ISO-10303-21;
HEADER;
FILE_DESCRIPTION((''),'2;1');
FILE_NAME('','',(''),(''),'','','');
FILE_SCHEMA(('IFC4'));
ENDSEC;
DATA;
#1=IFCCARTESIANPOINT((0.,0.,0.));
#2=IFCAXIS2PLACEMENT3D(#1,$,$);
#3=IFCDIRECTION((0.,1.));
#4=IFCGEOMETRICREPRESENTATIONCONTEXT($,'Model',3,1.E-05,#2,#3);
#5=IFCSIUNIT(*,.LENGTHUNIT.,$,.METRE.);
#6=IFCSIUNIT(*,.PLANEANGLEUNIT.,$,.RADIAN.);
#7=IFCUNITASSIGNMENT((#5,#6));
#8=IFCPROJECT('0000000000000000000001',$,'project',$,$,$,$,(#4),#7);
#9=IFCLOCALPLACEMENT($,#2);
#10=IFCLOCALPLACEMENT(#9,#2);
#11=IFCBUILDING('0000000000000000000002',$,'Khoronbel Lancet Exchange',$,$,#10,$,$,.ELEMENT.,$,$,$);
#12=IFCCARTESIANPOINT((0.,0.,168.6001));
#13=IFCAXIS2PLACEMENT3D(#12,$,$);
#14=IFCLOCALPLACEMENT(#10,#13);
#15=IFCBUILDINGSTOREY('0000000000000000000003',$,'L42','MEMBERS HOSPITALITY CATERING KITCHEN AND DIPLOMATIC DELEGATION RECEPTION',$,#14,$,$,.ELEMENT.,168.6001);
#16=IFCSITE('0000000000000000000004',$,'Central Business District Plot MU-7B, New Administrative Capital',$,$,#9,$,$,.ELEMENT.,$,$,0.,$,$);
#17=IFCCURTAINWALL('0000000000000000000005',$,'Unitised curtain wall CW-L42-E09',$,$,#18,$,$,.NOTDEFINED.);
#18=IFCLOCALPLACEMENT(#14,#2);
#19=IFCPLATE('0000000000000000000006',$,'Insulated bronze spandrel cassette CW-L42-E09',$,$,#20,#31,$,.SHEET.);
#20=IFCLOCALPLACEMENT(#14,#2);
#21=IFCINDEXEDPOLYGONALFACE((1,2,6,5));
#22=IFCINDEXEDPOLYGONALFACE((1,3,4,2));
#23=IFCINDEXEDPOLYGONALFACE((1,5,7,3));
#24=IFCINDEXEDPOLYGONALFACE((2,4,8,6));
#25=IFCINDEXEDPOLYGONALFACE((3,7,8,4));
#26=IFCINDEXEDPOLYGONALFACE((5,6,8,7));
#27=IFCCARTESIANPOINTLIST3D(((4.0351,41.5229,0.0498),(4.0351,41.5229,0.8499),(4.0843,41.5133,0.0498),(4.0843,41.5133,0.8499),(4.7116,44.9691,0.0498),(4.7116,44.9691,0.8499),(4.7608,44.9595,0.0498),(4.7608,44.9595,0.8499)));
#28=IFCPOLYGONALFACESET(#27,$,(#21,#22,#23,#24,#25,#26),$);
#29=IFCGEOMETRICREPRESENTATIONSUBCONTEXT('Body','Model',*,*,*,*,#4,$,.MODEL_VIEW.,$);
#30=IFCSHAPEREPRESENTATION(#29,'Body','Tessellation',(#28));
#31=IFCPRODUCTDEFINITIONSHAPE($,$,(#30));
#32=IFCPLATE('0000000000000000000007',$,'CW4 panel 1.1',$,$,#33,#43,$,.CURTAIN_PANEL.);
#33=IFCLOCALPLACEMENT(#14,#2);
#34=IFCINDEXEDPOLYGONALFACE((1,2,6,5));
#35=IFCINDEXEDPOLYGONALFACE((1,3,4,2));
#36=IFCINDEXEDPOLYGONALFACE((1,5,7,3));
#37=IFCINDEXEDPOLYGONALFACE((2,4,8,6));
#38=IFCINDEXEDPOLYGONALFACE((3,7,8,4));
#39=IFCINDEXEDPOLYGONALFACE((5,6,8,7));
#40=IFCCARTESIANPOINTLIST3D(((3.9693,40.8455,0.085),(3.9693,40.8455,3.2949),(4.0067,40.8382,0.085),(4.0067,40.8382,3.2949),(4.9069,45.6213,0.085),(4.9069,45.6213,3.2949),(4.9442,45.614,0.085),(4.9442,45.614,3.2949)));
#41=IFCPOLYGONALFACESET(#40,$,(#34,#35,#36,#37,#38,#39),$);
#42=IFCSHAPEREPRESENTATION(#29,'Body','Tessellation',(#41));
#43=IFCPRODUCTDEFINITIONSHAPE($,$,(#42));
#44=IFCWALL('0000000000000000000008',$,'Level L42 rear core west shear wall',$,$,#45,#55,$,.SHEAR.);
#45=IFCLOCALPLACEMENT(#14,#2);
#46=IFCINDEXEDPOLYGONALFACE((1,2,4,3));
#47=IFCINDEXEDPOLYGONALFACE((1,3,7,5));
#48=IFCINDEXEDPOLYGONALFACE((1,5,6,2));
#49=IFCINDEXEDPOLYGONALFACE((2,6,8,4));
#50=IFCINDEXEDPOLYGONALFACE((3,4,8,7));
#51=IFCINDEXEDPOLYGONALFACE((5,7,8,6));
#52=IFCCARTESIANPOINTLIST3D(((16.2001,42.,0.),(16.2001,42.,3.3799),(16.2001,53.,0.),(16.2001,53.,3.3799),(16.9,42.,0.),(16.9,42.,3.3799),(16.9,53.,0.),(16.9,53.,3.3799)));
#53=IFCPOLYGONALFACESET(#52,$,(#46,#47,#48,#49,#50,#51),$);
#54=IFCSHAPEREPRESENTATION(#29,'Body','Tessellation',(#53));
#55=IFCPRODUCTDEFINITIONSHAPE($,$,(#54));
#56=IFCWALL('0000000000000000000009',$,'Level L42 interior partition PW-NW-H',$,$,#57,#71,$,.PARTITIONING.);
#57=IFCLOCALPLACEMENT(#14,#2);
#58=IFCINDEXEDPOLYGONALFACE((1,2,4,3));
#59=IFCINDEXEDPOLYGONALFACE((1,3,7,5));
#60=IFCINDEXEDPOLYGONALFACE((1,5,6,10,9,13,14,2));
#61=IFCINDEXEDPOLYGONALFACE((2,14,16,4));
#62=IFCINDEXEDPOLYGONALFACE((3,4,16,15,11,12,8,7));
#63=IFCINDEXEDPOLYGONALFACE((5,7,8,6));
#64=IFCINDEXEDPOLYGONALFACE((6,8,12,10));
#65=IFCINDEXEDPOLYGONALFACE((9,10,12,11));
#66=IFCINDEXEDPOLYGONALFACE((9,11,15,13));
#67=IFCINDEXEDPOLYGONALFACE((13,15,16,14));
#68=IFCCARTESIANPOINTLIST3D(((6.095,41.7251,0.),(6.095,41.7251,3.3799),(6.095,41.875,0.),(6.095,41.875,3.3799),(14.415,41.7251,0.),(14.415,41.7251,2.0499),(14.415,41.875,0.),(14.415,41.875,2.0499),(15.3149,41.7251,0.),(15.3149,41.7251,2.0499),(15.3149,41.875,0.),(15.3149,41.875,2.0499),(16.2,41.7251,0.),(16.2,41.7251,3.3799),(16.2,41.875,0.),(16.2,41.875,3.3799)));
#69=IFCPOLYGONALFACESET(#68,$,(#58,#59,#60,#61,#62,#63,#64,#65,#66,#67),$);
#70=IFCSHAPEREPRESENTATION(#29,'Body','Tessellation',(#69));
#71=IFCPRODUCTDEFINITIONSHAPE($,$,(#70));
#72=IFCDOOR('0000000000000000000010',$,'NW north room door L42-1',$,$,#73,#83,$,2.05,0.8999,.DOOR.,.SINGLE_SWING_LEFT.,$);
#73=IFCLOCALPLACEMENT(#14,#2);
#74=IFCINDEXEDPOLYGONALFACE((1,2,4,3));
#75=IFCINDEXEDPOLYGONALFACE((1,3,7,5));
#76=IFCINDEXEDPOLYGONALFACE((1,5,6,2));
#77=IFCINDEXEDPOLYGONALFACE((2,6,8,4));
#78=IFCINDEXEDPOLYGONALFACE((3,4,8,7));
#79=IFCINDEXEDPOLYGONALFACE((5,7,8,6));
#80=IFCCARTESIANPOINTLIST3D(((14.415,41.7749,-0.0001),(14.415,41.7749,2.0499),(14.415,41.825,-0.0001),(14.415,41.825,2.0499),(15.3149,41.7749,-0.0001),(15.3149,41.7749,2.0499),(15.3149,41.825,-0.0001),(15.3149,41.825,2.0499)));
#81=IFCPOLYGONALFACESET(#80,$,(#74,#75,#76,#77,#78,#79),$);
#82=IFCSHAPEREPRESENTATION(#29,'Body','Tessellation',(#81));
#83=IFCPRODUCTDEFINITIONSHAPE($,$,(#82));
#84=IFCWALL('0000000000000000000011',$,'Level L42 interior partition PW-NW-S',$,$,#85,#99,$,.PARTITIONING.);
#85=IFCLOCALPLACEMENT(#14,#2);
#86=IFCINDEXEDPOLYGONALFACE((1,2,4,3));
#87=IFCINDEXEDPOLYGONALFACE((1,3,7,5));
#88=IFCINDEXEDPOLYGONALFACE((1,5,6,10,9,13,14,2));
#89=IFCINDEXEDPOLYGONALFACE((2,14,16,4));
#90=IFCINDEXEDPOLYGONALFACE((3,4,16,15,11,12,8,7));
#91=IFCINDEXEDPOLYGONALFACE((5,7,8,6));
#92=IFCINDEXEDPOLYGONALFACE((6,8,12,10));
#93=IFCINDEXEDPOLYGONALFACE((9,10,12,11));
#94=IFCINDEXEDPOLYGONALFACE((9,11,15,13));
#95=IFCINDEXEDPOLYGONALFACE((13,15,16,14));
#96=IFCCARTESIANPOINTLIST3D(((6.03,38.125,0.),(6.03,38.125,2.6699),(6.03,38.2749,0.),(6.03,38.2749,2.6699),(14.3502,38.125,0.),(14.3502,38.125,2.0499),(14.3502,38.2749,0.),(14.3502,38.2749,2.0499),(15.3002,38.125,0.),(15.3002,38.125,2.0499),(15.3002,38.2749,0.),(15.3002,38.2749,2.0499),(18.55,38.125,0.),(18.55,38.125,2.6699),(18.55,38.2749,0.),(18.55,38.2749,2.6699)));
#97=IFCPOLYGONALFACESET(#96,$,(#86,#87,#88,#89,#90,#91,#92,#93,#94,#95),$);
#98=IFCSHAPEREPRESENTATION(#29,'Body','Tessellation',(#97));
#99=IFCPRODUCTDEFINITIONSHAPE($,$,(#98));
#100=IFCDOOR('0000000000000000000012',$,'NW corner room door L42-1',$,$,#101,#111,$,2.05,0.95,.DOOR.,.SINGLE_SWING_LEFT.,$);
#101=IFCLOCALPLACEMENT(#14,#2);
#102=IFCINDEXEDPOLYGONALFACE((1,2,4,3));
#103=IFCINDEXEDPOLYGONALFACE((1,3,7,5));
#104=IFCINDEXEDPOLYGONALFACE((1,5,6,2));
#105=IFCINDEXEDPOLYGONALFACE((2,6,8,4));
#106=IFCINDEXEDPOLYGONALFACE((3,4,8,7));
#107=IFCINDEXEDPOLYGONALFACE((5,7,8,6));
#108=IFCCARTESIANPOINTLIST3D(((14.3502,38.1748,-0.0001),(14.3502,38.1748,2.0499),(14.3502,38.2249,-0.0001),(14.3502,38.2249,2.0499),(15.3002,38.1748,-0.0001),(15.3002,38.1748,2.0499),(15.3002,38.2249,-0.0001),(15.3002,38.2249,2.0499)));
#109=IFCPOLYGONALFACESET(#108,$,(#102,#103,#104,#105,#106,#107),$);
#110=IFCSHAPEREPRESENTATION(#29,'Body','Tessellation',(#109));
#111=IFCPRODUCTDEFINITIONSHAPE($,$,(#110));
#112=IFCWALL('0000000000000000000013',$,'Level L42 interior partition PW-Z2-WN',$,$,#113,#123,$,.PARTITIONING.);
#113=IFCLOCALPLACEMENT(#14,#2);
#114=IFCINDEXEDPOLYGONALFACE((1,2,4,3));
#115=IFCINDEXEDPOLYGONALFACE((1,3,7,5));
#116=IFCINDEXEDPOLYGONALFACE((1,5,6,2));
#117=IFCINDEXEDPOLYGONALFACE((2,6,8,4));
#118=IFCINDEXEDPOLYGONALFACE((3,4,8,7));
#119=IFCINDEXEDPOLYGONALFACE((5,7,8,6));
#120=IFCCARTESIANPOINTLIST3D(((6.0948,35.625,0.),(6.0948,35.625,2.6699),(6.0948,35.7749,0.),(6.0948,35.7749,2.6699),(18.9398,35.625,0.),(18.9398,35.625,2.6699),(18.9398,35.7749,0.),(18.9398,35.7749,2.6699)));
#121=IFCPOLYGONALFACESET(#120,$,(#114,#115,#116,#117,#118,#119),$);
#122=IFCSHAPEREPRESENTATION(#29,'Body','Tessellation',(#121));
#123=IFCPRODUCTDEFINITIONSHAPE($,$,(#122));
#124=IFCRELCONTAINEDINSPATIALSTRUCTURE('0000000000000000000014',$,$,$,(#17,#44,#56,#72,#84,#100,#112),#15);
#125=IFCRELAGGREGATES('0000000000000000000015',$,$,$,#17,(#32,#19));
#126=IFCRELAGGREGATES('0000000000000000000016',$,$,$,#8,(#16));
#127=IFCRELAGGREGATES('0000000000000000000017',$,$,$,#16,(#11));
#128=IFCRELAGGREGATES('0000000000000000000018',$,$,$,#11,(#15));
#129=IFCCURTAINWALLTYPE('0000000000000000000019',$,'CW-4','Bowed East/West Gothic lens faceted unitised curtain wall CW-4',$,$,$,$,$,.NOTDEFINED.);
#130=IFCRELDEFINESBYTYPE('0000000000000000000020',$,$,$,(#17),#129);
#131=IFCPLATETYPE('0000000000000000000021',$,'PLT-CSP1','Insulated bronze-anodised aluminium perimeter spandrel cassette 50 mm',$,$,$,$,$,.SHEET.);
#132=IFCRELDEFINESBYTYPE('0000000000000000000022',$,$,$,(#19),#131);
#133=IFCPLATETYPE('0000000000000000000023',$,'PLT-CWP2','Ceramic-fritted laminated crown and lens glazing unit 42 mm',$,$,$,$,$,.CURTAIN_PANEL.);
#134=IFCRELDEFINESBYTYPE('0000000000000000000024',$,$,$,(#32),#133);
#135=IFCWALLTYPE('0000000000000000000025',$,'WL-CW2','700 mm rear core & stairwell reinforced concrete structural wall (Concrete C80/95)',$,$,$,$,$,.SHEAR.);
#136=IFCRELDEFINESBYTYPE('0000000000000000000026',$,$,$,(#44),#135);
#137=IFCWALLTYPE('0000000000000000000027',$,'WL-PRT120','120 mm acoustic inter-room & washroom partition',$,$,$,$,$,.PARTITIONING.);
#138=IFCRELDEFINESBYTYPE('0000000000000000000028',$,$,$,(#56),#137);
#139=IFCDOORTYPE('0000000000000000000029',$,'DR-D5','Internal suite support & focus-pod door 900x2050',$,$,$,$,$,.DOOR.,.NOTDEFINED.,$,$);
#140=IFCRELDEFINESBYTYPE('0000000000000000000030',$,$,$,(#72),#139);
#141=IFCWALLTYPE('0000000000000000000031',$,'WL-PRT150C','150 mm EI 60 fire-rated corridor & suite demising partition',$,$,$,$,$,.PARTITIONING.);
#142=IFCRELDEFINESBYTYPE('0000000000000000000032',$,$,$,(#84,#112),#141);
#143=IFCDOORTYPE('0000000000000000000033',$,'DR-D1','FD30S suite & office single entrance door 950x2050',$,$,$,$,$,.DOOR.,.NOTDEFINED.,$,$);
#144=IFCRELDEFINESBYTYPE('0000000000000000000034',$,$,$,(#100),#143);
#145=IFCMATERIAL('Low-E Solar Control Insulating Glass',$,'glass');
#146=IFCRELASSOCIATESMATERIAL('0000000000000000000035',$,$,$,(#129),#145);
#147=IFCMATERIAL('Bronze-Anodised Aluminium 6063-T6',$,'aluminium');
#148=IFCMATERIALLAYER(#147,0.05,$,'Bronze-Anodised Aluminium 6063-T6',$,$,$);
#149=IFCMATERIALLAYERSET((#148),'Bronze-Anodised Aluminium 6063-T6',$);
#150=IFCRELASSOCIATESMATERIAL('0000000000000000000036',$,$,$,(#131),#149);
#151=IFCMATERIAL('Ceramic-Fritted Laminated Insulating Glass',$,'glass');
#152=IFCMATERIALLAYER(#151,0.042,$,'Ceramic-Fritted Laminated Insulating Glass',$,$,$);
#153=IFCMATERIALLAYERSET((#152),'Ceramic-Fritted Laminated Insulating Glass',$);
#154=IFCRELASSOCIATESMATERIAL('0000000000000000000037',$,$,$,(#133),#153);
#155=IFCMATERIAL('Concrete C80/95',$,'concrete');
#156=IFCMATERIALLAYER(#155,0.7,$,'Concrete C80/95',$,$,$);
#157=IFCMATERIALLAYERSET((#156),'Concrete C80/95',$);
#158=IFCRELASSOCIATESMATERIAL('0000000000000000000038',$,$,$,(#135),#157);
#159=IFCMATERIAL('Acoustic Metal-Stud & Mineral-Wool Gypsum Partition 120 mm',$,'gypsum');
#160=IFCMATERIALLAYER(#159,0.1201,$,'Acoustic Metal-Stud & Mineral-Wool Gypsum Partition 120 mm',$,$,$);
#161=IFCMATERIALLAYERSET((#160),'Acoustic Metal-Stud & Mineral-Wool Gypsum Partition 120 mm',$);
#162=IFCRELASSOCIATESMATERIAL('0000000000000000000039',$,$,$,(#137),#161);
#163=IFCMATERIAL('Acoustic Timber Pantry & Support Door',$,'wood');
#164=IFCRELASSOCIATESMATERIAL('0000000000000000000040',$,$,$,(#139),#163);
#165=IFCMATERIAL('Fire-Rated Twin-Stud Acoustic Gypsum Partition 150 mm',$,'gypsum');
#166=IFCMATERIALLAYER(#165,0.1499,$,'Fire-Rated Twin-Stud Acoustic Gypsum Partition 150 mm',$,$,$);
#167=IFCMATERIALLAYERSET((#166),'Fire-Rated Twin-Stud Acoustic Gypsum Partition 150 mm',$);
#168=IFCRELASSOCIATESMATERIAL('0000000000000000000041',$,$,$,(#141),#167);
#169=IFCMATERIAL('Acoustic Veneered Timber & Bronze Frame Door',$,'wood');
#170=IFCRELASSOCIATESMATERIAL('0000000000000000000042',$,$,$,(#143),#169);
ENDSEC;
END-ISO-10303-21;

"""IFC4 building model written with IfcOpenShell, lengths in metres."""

from ifc_helpers import new_model, si_unit, direction, frame, frame_2d, origin, origin_2d, place, context, subcontext, project, spatial, rectangle, extrude, material, layer, layer_set, type_object, element, fill, aggregate, save


model = new_model("IFC4")

# Units and contexts
model_context = context("Model", 3, precision=1e-05, world=origin(), true_north=direction((0.0, 1.0)))
body_context = subcontext(model_context, "Body", "Model", "MODEL_VIEW")
ifc_project = project(units=[si_unit("LENGTHUNIT", "METRE"), si_unit("PLANEANGLEUNIT", "RADIAN")], contexts=[model_context])

# Site, building, storey
site_placement = place(None, origin())
site = spatial("IfcSite", under=ifc_project, at=site_placement, Name="Central Business District Plot MU-7B, New Administrative Capital", CompositionType="ELEMENT", RefElevation=0.0)
building_placement = place(site_placement, origin())
building = spatial("IfcBuilding", under=site, at=building_placement, Name="Khoronbel Lancet Exchange", CompositionType="ELEMENT")
storey_placement = place(building_placement, frame((0.0, 0.0, 168.6001)))
storey = spatial("IfcBuildingStorey", under=building, at=storey_placement, Name="L42", Description="MEMBERS HOSPITALITY CATERING KITCHEN AND DIPLOMATIC DELEGATION RECEPTION", CompositionType="ELEMENT", Elevation=168.6001)

# Shared definitions
ifc_material_1 = material(Name="Low-E Solar Control Insulating Glass", Category="glass")
curtain_wall_type = type_object("IfcCurtainWallType", Name="CW-4", Description="Bowed East/West Gothic lens faceted unitised curtain wall CW-4", PredefinedType="NOTDEFINED", material=ifc_material_1)
ifc_material_2 = material(Name="Bronze-Anodised Aluminium 6063-T6", Category="aluminium")

# Curtain wall
curtain_wall_1_placement = place(storey_placement, origin())
curtain_wall_1 = element("IfcCurtainWall", 1, at=curtain_wall_1_placement, inside=storey, type_object=curtain_wall_type, Name="Unitised curtain wall CW-L42-E09", PredefinedType="NOTDEFINED")

# Plates
ifc_layer_1 = layer(ifc_material_2, 0.05, Name="Bronze-Anodised Aluminium 6063-T6")
ifc_layer_set_1 = layer_set([ifc_layer_1], Name="Bronze-Anodised Aluminium 6063-T6")
plate_type_1 = type_object("IfcPlateType", Name="PLT-CSP1", Description="Insulated bronze-anodised aluminium perimeter spandrel cassette 50 mm", PredefinedType="SHEET", material=ifc_layer_set_1)
plate_1_placement = place(storey_placement, frame((4.3979, 43.2412, 0.0498), z_axis=(0.0, 0.0, 1.0), x_axis=(0.192627, 0.981272, 0.0)))
plate_1 = element("IfcPlate", 2, at=plate_1_placement, type_object=plate_type_1, Name="Insulated bronze spandrel cassette CW-L42-E09", PredefinedType="SHEET", context=body_context, shape_type="SweptSolid", body=[
    extrude(rectangle(XDim=3.512, YDim=0.05, at=origin_2d()), origin(), (0.0, 0.0, 1.0), 0.8),
])
ifc_material_3 = material(Name="Ceramic-Fritted Laminated Insulating Glass", Category="glass")
ifc_layer_2 = layer(ifc_material_3, 0.042, Name="Ceramic-Fritted Laminated Insulating Glass")
ifc_layer_set_2 = layer_set([ifc_layer_2], Name="Ceramic-Fritted Laminated Insulating Glass")
plate_type_2 = type_object("IfcPlateType", Name="PLT-CWP2", Description="Ceramic-fritted laminated crown and lens glazing unit 42 mm", PredefinedType="CURTAIN_PANEL", material=ifc_layer_set_2)
plate_2_placement = place(storey_placement, frame((4.4568, 43.2297, 0.085), z_axis=(0.0, 0.0, 1.0), x_axis=(0.192627, 0.981272, 0.0)))
plate_2 = element("IfcPlate", 3, at=plate_2_placement, type_object=plate_type_2, Name="CW4 panel 1.1", PredefinedType="CURTAIN_PANEL", context=body_context, shape_type="SweptSolid", body=[
    extrude(rectangle(XDim=4.8669, YDim=0.0381, at=origin_2d()), origin(), (0.0, 0.0, 1.0), 3.21),
])
aggregate(curtain_wall_1, [plate_2, plate_1])

# Wall
ifc_material_4 = material(Name="Concrete C80/95", Category="concrete")
ifc_layer_3 = layer(ifc_material_4, 0.7, Name="Concrete C80/95")
ifc_layer_set_3 = layer_set([ifc_layer_3], Name="Concrete C80/95")
wall_type_1 = type_object("IfcWallType", Name="WL-CW2", Description="700 mm rear core & stairwell reinforced concrete structural wall (Concrete C80/95)", PredefinedType="SHEAR", material=ifc_layer_set_3)
wall_1_placement = place(storey_placement, frame((16.55, 42.0, 0.0), z_axis=(0.0, 0.0, 1.0), x_axis=(0.0, 1.0, 0.0)))
element("IfcWall", 4, at=wall_1_placement, inside=storey, type_object=wall_type_1, Name="Level L42 rear core west shear wall", PredefinedType="SHEAR", context=body_context, shape_type="SweptSolid", body=[
    extrude(rectangle(XDim=11.0, YDim=0.7, at=frame_2d((5.5, 0.0))), origin(), (0.0, 0.0, 1.0), 3.3799),
])

# Walls, openings, doors
ifc_material_5 = material(Name="Acoustic Metal-Stud & Mineral-Wool Gypsum Partition 120 mm", Category="gypsum")
ifc_layer_4 = layer(ifc_material_5, 0.1201, Name="Acoustic Metal-Stud & Mineral-Wool Gypsum Partition 120 mm")
ifc_layer_set_4 = layer_set([ifc_layer_4], Name="Acoustic Metal-Stud & Mineral-Wool Gypsum Partition 120 mm")
wall_type_2 = type_object("IfcWallType", Name="WL-PRT120", Description="120 mm acoustic inter-room & washroom partition", PredefinedType="PARTITIONING", material=ifc_layer_set_4)
wall_2_placement = place(storey_placement, frame((6.095, 41.8, 0.0), z_axis=(0.0, 0.0, 1.0), x_axis=(1.0, 0.0, 0.0)))
wall_2 = element("IfcWall", 5, at=wall_2_placement, inside=storey, type_object=wall_type_2, Name="Level L42 interior partition PW-NW-H", PredefinedType="PARTITIONING", context=body_context, shape_type="SweptSolid", body=[
    extrude(rectangle(XDim=10.105, YDim=0.1499, at=frame_2d((5.0525, 0.0))), origin(), (0.0, 0.0, 1.0), 3.3799),
])
opening_1_placement = place(wall_2_placement, frame((8.3201, 0.0, 0.0)))
opening_1 = element("IfcOpeningElement", 6, at=opening_1_placement, cuts=wall_2, PredefinedType="OPENING", context=body_context, shape_type="SweptSolid", body=[
    extrude(rectangle(XDim=0.8999, YDim=2.05, at=frame_2d((0.45, 1.0249))), frame((0.0, 0.085, 0.0), z_axis=(0.0, -1.0, 0.0), x_axis=(1.0, 0.0, 0.0)), (0.0, 0.0, 1.0), 0.1699),
])
ifc_material_6 = material(Name="Acoustic Timber Pantry & Support Door", Category="wood")
door_type_1 = type_object("IfcDoorType", Name="DR-D5", Description="Internal suite support & focus-pod door 900x2050", OperationType="NOTDEFINED", PredefinedType="DOOR", material=ifc_material_6)
door_1_placement = place(opening_1_placement, origin())
door_1 = element("IfcDoor", 7, at=door_1_placement, inside=storey, type_object=door_type_1, Name="NW north room door L42-1", OperationType="SINGLE_SWING_LEFT", OverallHeight=2.05, OverallWidth=0.8999, PredefinedType="DOOR", context=body_context, shape_type="SweptSolid", body=[
    extrude(rectangle(XDim=0.8999, YDim=2.05, at=frame_2d((0.45, 1.0249))), frame((0.0, 0.0249, 0.0), z_axis=(0.0, -1.0, 0.0), x_axis=(1.0, 0.0, 0.0)), (0.0, 0.0, 1.0), 0.05),
])
fill(opening_1, door_1)
ifc_material_7 = material(Name="Fire-Rated Twin-Stud Acoustic Gypsum Partition 150 mm", Category="gypsum")
ifc_layer_5 = layer(ifc_material_7, 0.1499, Name="Fire-Rated Twin-Stud Acoustic Gypsum Partition 150 mm")
ifc_layer_set_5 = layer_set([ifc_layer_5], Name="Fire-Rated Twin-Stud Acoustic Gypsum Partition 150 mm")
wall_type_3 = type_object("IfcWallType", Name="WL-PRT150C", Description="150 mm EI 60 fire-rated corridor & suite demising partition", PredefinedType="PARTITIONING", material=ifc_layer_set_5)
wall_3_placement = place(storey_placement, frame((6.03, 38.2, 0.0), z_axis=(0.0, 0.0, 1.0), x_axis=(1.0, 0.0, 0.0)))
wall_3 = element("IfcWall", 8, at=wall_3_placement, inside=storey, type_object=wall_type_3, Name="Level L42 interior partition PW-NW-S", PredefinedType="PARTITIONING", context=body_context, shape_type="SweptSolid", body=[
    extrude(rectangle(XDim=12.52, YDim=0.1499, at=frame_2d((6.26, 0.0))), origin(), (0.0, 0.0, 1.0), 2.6699),
])
opening_2_placement = place(wall_3_placement, frame((8.3201, 0.0, 0.0)))
opening_2 = element("IfcOpeningElement", 9, at=opening_2_placement, cuts=wall_3, PredefinedType="OPENING", context=body_context, shape_type="SweptSolid", body=[
    extrude(rectangle(XDim=0.95, YDim=2.05, at=frame_2d((0.4751, 1.0249))), frame((0.0, 0.085, 0.0), z_axis=(0.0, -1.0, 0.0), x_axis=(1.0, 0.0, 0.0)), (0.0, 0.0, 1.0), 0.1699),
])
ifc_material_8 = material(Name="Acoustic Veneered Timber & Bronze Frame Door", Category="wood")
door_type_2 = type_object("IfcDoorType", Name="DR-D1", Description="FD30S suite & office single entrance door 950x2050", OperationType="NOTDEFINED", PredefinedType="DOOR", material=ifc_material_8)
door_2_placement = place(opening_2_placement, origin())
door_2 = element("IfcDoor", 10, at=door_2_placement, inside=storey, type_object=door_type_2, Name="NW corner room door L42-1", OperationType="SINGLE_SWING_LEFT", OverallHeight=2.05, OverallWidth=0.95, PredefinedType="DOOR", context=body_context, shape_type="SweptSolid", body=[
    extrude(rectangle(XDim=0.95, YDim=2.05, at=frame_2d((0.4751, 1.0249))), frame((0.0, 0.0249, 0.0), z_axis=(0.0, -1.0, 0.0), x_axis=(1.0, 0.0, 0.0)), (0.0, 0.0, 1.0), 0.05),
])
fill(opening_2, door_2)

# Wall
wall_4_placement = place(storey_placement, frame((6.095, 35.7, 0.0), z_axis=(0.0, 0.0, 1.0), x_axis=(1.0, 0.0, 0.0)))
element("IfcWall", 11, at=wall_4_placement, inside=storey, type_object=wall_type_3, Name="Level L42 interior partition PW-Z2-WN", PredefinedType="PARTITIONING", context=body_context, shape_type="SweptSolid", body=[
    extrude(rectangle(XDim=12.845, YDim=0.1499, at=frame_2d((6.4224, 0.0))), origin(), (0.0, 0.0, 1.0), 2.6699),
])

save(model, "model.ifc")
